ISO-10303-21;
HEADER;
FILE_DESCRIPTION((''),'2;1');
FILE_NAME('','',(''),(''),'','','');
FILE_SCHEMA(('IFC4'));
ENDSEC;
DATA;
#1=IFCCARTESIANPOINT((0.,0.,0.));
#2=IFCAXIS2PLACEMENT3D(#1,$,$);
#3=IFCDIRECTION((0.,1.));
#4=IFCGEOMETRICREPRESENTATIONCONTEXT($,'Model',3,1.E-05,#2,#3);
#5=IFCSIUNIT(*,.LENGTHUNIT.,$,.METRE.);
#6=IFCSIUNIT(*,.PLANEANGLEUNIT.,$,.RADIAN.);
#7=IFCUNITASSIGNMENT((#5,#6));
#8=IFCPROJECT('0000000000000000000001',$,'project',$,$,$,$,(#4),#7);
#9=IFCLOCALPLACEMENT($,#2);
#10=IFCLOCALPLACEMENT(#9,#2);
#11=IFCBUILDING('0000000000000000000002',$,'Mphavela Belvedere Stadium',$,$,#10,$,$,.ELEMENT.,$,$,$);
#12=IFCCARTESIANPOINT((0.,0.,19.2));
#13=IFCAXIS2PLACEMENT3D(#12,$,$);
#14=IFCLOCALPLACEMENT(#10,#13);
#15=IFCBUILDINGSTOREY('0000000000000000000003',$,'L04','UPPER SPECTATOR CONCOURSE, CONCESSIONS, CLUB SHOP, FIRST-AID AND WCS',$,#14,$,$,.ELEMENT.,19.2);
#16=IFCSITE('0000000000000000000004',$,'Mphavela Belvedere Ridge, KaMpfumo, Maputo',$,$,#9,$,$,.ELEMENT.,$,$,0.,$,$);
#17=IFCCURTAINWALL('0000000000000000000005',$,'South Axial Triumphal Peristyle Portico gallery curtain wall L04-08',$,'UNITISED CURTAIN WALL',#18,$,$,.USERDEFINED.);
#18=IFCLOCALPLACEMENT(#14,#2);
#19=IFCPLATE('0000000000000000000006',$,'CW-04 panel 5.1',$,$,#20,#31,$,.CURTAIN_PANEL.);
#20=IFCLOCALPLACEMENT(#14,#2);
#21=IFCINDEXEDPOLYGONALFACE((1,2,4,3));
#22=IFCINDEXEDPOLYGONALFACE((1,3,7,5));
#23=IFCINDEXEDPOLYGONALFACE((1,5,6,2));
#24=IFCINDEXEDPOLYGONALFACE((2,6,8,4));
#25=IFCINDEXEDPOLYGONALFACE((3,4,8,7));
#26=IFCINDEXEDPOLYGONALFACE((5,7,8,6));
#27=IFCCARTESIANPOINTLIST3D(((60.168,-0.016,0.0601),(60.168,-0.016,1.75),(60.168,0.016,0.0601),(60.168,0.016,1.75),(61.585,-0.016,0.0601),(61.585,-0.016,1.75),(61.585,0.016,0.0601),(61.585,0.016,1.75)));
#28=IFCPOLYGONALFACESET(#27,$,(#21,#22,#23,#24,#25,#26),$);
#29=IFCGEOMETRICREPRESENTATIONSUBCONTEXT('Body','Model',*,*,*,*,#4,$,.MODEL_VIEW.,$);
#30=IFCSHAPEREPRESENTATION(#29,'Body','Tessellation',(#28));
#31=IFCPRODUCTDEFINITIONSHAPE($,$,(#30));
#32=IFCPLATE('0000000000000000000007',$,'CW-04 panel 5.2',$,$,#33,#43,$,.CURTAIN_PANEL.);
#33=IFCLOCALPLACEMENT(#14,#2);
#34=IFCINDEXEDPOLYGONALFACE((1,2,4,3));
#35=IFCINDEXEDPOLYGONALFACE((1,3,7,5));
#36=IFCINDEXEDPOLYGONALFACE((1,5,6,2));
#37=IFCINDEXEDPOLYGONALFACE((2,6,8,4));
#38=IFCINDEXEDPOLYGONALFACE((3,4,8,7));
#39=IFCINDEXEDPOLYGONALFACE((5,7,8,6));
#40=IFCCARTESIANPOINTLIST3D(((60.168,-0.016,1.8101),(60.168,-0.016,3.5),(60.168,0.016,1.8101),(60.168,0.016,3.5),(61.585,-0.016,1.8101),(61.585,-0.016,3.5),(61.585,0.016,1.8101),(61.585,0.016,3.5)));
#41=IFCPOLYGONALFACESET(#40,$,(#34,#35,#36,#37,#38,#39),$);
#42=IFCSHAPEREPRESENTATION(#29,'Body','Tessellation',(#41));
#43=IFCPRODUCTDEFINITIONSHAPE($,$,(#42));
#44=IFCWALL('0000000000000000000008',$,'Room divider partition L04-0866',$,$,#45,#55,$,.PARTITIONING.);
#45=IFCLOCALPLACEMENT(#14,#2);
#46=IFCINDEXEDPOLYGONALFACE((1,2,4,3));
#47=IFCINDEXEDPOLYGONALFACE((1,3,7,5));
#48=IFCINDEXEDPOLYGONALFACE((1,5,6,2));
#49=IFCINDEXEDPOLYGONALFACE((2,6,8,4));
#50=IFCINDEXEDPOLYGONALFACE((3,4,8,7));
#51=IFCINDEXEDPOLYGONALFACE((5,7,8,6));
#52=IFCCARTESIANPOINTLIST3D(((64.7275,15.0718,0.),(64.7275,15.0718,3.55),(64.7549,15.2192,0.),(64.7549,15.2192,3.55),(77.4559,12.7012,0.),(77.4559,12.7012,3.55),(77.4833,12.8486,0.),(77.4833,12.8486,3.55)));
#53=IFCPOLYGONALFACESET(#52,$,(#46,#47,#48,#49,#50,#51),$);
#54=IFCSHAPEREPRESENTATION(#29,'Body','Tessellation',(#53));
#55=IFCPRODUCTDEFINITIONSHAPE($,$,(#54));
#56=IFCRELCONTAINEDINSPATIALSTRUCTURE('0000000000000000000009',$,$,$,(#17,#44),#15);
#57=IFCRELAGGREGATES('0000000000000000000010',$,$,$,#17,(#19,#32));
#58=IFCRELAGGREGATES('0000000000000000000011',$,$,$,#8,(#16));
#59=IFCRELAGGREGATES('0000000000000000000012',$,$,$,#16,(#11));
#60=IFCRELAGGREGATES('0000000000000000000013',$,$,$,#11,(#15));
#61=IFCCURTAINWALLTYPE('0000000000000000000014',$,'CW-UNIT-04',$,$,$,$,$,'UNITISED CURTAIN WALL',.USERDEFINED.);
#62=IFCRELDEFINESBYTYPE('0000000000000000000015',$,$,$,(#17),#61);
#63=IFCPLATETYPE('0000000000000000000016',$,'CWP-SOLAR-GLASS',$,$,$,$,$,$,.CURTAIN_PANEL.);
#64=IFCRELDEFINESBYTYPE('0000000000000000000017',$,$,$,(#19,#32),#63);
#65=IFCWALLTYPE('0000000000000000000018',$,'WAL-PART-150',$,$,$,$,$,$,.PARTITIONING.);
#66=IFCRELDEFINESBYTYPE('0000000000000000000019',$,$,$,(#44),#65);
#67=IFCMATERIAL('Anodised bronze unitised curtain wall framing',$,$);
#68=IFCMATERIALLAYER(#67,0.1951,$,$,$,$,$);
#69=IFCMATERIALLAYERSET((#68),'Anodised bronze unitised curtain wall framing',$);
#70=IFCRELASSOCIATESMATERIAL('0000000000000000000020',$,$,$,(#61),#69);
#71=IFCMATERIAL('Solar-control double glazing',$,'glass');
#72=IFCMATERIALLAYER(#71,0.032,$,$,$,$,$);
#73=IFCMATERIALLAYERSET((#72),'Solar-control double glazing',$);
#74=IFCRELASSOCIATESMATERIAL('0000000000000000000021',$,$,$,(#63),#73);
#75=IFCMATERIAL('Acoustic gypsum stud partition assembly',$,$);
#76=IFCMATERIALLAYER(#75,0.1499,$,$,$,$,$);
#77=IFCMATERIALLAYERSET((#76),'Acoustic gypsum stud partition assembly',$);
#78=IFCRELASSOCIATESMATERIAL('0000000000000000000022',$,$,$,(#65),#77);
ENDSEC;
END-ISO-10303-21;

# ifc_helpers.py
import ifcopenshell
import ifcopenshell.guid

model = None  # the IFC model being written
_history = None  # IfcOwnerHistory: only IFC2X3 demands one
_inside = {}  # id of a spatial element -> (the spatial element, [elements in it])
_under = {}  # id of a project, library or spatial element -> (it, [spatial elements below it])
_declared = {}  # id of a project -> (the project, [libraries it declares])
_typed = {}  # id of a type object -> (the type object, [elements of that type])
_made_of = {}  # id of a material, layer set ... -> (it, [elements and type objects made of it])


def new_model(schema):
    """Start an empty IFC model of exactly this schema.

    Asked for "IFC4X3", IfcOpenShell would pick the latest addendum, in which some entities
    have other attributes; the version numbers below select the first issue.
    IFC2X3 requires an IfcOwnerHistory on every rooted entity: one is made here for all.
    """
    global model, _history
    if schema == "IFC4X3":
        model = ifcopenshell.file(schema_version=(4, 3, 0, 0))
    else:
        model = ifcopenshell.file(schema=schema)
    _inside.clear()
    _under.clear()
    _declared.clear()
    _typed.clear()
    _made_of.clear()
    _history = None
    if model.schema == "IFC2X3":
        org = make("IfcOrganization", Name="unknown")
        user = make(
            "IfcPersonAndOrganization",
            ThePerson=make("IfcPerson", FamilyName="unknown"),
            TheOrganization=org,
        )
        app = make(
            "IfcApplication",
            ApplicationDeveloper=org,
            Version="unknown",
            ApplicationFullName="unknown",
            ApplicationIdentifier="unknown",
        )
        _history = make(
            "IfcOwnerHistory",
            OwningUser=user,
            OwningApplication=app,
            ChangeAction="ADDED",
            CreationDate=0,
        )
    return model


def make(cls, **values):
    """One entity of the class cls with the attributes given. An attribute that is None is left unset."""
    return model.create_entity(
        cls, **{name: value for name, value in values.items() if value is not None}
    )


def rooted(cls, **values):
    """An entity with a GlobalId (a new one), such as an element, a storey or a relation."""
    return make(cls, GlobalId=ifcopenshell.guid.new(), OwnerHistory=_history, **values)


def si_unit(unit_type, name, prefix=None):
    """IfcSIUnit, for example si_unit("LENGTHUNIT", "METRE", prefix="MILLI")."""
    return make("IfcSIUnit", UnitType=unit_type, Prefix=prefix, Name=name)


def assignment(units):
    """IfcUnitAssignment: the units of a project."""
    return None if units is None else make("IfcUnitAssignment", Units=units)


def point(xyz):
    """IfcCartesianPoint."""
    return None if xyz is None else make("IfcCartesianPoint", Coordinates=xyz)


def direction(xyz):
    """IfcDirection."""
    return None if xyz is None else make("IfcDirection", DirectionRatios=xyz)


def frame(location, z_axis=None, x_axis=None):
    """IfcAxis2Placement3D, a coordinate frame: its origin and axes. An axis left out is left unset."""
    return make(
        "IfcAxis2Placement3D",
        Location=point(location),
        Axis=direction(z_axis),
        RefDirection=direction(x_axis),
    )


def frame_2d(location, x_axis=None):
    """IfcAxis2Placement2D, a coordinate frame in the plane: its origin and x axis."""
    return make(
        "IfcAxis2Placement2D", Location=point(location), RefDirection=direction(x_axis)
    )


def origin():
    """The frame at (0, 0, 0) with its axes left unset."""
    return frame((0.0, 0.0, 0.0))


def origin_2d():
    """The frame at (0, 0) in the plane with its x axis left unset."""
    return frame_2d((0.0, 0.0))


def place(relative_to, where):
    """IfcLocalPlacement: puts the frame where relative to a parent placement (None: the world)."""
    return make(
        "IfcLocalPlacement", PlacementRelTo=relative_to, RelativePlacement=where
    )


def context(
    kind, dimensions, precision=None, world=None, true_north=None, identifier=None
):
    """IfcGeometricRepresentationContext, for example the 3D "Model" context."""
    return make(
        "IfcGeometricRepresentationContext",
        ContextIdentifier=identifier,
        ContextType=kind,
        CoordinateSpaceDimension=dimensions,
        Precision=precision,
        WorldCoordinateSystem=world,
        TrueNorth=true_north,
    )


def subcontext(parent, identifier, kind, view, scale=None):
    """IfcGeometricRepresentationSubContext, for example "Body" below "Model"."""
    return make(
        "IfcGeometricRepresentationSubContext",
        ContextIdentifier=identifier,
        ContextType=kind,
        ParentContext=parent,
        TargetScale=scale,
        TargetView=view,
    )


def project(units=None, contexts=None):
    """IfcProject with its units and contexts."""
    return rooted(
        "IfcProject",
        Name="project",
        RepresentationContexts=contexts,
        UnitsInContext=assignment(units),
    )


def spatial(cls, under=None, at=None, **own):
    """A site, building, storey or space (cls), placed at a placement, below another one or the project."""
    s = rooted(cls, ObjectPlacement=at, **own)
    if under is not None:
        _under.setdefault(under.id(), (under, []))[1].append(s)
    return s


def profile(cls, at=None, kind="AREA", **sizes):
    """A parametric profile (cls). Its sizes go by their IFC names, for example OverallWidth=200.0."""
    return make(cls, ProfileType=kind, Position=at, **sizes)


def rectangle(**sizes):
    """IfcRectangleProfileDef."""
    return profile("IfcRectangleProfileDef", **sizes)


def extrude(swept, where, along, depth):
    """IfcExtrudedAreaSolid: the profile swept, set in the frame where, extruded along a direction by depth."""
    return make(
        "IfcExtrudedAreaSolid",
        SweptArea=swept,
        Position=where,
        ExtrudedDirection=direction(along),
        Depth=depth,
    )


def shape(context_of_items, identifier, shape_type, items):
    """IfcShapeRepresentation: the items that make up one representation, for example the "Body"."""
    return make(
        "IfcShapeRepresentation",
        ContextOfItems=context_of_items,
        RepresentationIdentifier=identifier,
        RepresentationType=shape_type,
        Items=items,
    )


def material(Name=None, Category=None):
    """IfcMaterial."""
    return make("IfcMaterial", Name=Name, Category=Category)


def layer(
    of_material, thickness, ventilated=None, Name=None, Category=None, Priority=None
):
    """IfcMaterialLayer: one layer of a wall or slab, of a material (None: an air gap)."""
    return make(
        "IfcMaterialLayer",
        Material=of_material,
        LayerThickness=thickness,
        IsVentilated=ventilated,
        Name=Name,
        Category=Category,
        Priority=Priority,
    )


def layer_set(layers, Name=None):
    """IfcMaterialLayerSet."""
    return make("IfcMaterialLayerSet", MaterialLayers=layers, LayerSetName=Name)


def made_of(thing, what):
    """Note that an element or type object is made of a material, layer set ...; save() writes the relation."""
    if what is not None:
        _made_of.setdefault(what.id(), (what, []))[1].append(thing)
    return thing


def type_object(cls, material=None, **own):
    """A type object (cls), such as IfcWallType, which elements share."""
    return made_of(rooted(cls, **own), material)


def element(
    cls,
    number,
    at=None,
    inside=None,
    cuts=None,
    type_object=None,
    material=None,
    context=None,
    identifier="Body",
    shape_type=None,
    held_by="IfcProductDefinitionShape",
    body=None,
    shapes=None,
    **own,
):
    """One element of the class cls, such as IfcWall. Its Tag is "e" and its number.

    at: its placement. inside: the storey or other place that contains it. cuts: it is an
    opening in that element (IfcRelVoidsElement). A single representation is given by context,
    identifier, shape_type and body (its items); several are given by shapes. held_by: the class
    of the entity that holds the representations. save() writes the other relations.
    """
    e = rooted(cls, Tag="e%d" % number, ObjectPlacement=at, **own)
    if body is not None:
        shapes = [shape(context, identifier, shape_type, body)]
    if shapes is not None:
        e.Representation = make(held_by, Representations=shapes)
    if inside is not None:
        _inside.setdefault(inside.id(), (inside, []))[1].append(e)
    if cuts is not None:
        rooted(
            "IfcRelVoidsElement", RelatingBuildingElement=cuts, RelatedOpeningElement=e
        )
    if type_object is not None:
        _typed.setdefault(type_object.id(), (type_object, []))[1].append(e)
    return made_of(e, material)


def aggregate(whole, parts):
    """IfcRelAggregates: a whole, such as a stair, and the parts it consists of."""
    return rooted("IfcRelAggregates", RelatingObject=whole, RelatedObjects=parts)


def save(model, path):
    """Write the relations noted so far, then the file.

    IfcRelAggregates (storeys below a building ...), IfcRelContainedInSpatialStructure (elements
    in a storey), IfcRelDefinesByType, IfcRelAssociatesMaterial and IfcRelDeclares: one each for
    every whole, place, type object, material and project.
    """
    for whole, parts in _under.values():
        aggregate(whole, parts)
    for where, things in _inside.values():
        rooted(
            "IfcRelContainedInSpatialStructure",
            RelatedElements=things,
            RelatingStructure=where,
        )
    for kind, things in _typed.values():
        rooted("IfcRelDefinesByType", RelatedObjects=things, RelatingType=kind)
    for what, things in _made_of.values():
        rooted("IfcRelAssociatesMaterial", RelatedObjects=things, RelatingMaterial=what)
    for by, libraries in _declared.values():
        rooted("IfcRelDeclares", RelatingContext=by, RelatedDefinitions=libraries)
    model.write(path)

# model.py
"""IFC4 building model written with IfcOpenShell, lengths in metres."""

from ifc_helpers import new_model, si_unit, direction, frame, frame_2d, origin, origin_2d, place, context, subcontext, project, spatial, rectangle, extrude, material, layer, layer_set, type_object, element, aggregate, save


model = new_model("IFC4")

# Units and contexts
model_context = context("Model", 3, precision=1e-05, world=origin(), true_north=direction((0.0, 1.0)))
body_context = subcontext(model_context, "Body", "Model", "MODEL_VIEW")
ifc_project = project(units=[si_unit("LENGTHUNIT", "METRE"), si_unit("PLANEANGLEUNIT", "RADIAN")], contexts=[model_context])

# Site, building, storey
site_placement = place(None, origin())
site = spatial("IfcSite", under=ifc_project, at=site_placement, Name="Mphavela Belvedere Ridge, KaMpfumo, Maputo", CompositionType="ELEMENT", RefElevation=0.0)
building_placement = place(site_placement, origin())
building = spatial("IfcBuilding", under=site, at=building_placement, Name="Mphavela Belvedere Stadium", CompositionType="ELEMENT")
storey_placement = place(building_placement, frame((0.0, 0.0, 19.2)))
storey = spatial("IfcBuildingStorey", under=building, at=storey_placement, Name="L04", Description="UPPER SPECTATOR CONCOURSE, CONCESSIONS, CLUB SHOP, FIRST-AID AND WCS", CompositionType="ELEMENT", Elevation=19.2)

# Curtain wall
ifc_material_1 = material(Name="Anodised bronze unitised curtain wall framing")
ifc_layer_1 = layer(ifc_material_1, 0.1951)
ifc_layer_set_1 = layer_set([ifc_layer_1], Name="Anodised bronze unitised curtain wall framing")
curtain_wall_type_1 = type_object("IfcCurtainWallType", Name="CW-UNIT-04", ElementType="UNITISED CURTAIN WALL", PredefinedType="USERDEFINED", material=ifc_layer_set_1)
curtain_wall_1_placement = place(storey_placement, origin())
curtain_wall_1 = element("IfcCurtainWall", 1, at=curtain_wall_1_placement, inside=storey, type_object=curtain_wall_type_1, Name="South Axial Triumphal Peristyle Portico gallery curtain wall L04-08", ObjectType="UNITISED CURTAIN WALL", PredefinedType="USERDEFINED")

# Plates
ifc_material_2 = material(Name="Solar-control double glazing", Category="glass")
ifc_layer_2 = layer(ifc_material_2, 0.032)
ifc_layer_set_2 = layer_set([ifc_layer_2], Name="Solar-control double glazing")
plate_type = type_object("IfcPlateType", Name="CWP-SOLAR-GLASS", PredefinedType="CURTAIN_PANEL", material=ifc_layer_set_2)
plate_1_placement = place(storey_placement, frame((60.8765, 0.0, 0.0601), z_axis=(0.0, 0.0, 1.0), x_axis=(-1.0, 0.0, 0.0)))
plate_1 = element("IfcPlate", 2, at=plate_1_placement, type_object=plate_type, Name="CW-04 panel 5.1", PredefinedType="CURTAIN_PANEL", context=body_context, shape_type="SweptSolid", body=[
    extrude(rectangle(XDim=1.417, YDim=0.032, at=origin_2d()), origin(), (0.0, 0.0, 1.0), 1.6899),
])
plate_2_placement = place(storey_placement, frame((60.8765, 0.0, 1.8101), z_axis=(0.0, 0.0, 1.0), x_axis=(-1.0, 0.0, 0.0)))
plate_2 = element("IfcPlate", 3, at=plate_2_placement, type_object=plate_type, Name="CW-04 panel 5.2", PredefinedType="CURTAIN_PANEL", context=body_context, shape_type="SweptSolid", body=[
    extrude(rectangle(XDim=1.417, YDim=0.032, at=origin_2d()), origin(), (0.0, 0.0, 1.0), 1.6899),
])
aggregate(curtain_wall_1, [plate_1, plate_2])

# Wall
ifc_material_3 = material(Name="Acoustic gypsum stud partition assembly")
ifc_layer_3 = layer(ifc_material_3, 0.1499)
ifc_layer_set_3 = layer_set([ifc_layer_3], Name="Acoustic gypsum stud partition assembly")
wall_type = type_object("IfcWallType", Name="WAL-PART-150", PredefinedType="PARTITIONING", material=ifc_layer_set_3)
wall_placement = place(storey_placement, frame((64.7412, 15.1455, 0.0), z_axis=(0.0, 0.0, 1.0), x_axis=(0.983095, -0.183099, 0.0)))
element("IfcWall", 4, at=wall_placement, inside=storey, type_object=wall_type, Name="Room divider partition L04-0866", PredefinedType="PARTITIONING", context=body_context, shape_type="SweptSolid", body=[
    extrude(rectangle(XDim=12.9473, YDim=0.1499, at=frame_2d((6.4736, 0.0))), origin(), (0.0, 0.0, 1.0), 3.55),
])

save(model, "model.ifc")
